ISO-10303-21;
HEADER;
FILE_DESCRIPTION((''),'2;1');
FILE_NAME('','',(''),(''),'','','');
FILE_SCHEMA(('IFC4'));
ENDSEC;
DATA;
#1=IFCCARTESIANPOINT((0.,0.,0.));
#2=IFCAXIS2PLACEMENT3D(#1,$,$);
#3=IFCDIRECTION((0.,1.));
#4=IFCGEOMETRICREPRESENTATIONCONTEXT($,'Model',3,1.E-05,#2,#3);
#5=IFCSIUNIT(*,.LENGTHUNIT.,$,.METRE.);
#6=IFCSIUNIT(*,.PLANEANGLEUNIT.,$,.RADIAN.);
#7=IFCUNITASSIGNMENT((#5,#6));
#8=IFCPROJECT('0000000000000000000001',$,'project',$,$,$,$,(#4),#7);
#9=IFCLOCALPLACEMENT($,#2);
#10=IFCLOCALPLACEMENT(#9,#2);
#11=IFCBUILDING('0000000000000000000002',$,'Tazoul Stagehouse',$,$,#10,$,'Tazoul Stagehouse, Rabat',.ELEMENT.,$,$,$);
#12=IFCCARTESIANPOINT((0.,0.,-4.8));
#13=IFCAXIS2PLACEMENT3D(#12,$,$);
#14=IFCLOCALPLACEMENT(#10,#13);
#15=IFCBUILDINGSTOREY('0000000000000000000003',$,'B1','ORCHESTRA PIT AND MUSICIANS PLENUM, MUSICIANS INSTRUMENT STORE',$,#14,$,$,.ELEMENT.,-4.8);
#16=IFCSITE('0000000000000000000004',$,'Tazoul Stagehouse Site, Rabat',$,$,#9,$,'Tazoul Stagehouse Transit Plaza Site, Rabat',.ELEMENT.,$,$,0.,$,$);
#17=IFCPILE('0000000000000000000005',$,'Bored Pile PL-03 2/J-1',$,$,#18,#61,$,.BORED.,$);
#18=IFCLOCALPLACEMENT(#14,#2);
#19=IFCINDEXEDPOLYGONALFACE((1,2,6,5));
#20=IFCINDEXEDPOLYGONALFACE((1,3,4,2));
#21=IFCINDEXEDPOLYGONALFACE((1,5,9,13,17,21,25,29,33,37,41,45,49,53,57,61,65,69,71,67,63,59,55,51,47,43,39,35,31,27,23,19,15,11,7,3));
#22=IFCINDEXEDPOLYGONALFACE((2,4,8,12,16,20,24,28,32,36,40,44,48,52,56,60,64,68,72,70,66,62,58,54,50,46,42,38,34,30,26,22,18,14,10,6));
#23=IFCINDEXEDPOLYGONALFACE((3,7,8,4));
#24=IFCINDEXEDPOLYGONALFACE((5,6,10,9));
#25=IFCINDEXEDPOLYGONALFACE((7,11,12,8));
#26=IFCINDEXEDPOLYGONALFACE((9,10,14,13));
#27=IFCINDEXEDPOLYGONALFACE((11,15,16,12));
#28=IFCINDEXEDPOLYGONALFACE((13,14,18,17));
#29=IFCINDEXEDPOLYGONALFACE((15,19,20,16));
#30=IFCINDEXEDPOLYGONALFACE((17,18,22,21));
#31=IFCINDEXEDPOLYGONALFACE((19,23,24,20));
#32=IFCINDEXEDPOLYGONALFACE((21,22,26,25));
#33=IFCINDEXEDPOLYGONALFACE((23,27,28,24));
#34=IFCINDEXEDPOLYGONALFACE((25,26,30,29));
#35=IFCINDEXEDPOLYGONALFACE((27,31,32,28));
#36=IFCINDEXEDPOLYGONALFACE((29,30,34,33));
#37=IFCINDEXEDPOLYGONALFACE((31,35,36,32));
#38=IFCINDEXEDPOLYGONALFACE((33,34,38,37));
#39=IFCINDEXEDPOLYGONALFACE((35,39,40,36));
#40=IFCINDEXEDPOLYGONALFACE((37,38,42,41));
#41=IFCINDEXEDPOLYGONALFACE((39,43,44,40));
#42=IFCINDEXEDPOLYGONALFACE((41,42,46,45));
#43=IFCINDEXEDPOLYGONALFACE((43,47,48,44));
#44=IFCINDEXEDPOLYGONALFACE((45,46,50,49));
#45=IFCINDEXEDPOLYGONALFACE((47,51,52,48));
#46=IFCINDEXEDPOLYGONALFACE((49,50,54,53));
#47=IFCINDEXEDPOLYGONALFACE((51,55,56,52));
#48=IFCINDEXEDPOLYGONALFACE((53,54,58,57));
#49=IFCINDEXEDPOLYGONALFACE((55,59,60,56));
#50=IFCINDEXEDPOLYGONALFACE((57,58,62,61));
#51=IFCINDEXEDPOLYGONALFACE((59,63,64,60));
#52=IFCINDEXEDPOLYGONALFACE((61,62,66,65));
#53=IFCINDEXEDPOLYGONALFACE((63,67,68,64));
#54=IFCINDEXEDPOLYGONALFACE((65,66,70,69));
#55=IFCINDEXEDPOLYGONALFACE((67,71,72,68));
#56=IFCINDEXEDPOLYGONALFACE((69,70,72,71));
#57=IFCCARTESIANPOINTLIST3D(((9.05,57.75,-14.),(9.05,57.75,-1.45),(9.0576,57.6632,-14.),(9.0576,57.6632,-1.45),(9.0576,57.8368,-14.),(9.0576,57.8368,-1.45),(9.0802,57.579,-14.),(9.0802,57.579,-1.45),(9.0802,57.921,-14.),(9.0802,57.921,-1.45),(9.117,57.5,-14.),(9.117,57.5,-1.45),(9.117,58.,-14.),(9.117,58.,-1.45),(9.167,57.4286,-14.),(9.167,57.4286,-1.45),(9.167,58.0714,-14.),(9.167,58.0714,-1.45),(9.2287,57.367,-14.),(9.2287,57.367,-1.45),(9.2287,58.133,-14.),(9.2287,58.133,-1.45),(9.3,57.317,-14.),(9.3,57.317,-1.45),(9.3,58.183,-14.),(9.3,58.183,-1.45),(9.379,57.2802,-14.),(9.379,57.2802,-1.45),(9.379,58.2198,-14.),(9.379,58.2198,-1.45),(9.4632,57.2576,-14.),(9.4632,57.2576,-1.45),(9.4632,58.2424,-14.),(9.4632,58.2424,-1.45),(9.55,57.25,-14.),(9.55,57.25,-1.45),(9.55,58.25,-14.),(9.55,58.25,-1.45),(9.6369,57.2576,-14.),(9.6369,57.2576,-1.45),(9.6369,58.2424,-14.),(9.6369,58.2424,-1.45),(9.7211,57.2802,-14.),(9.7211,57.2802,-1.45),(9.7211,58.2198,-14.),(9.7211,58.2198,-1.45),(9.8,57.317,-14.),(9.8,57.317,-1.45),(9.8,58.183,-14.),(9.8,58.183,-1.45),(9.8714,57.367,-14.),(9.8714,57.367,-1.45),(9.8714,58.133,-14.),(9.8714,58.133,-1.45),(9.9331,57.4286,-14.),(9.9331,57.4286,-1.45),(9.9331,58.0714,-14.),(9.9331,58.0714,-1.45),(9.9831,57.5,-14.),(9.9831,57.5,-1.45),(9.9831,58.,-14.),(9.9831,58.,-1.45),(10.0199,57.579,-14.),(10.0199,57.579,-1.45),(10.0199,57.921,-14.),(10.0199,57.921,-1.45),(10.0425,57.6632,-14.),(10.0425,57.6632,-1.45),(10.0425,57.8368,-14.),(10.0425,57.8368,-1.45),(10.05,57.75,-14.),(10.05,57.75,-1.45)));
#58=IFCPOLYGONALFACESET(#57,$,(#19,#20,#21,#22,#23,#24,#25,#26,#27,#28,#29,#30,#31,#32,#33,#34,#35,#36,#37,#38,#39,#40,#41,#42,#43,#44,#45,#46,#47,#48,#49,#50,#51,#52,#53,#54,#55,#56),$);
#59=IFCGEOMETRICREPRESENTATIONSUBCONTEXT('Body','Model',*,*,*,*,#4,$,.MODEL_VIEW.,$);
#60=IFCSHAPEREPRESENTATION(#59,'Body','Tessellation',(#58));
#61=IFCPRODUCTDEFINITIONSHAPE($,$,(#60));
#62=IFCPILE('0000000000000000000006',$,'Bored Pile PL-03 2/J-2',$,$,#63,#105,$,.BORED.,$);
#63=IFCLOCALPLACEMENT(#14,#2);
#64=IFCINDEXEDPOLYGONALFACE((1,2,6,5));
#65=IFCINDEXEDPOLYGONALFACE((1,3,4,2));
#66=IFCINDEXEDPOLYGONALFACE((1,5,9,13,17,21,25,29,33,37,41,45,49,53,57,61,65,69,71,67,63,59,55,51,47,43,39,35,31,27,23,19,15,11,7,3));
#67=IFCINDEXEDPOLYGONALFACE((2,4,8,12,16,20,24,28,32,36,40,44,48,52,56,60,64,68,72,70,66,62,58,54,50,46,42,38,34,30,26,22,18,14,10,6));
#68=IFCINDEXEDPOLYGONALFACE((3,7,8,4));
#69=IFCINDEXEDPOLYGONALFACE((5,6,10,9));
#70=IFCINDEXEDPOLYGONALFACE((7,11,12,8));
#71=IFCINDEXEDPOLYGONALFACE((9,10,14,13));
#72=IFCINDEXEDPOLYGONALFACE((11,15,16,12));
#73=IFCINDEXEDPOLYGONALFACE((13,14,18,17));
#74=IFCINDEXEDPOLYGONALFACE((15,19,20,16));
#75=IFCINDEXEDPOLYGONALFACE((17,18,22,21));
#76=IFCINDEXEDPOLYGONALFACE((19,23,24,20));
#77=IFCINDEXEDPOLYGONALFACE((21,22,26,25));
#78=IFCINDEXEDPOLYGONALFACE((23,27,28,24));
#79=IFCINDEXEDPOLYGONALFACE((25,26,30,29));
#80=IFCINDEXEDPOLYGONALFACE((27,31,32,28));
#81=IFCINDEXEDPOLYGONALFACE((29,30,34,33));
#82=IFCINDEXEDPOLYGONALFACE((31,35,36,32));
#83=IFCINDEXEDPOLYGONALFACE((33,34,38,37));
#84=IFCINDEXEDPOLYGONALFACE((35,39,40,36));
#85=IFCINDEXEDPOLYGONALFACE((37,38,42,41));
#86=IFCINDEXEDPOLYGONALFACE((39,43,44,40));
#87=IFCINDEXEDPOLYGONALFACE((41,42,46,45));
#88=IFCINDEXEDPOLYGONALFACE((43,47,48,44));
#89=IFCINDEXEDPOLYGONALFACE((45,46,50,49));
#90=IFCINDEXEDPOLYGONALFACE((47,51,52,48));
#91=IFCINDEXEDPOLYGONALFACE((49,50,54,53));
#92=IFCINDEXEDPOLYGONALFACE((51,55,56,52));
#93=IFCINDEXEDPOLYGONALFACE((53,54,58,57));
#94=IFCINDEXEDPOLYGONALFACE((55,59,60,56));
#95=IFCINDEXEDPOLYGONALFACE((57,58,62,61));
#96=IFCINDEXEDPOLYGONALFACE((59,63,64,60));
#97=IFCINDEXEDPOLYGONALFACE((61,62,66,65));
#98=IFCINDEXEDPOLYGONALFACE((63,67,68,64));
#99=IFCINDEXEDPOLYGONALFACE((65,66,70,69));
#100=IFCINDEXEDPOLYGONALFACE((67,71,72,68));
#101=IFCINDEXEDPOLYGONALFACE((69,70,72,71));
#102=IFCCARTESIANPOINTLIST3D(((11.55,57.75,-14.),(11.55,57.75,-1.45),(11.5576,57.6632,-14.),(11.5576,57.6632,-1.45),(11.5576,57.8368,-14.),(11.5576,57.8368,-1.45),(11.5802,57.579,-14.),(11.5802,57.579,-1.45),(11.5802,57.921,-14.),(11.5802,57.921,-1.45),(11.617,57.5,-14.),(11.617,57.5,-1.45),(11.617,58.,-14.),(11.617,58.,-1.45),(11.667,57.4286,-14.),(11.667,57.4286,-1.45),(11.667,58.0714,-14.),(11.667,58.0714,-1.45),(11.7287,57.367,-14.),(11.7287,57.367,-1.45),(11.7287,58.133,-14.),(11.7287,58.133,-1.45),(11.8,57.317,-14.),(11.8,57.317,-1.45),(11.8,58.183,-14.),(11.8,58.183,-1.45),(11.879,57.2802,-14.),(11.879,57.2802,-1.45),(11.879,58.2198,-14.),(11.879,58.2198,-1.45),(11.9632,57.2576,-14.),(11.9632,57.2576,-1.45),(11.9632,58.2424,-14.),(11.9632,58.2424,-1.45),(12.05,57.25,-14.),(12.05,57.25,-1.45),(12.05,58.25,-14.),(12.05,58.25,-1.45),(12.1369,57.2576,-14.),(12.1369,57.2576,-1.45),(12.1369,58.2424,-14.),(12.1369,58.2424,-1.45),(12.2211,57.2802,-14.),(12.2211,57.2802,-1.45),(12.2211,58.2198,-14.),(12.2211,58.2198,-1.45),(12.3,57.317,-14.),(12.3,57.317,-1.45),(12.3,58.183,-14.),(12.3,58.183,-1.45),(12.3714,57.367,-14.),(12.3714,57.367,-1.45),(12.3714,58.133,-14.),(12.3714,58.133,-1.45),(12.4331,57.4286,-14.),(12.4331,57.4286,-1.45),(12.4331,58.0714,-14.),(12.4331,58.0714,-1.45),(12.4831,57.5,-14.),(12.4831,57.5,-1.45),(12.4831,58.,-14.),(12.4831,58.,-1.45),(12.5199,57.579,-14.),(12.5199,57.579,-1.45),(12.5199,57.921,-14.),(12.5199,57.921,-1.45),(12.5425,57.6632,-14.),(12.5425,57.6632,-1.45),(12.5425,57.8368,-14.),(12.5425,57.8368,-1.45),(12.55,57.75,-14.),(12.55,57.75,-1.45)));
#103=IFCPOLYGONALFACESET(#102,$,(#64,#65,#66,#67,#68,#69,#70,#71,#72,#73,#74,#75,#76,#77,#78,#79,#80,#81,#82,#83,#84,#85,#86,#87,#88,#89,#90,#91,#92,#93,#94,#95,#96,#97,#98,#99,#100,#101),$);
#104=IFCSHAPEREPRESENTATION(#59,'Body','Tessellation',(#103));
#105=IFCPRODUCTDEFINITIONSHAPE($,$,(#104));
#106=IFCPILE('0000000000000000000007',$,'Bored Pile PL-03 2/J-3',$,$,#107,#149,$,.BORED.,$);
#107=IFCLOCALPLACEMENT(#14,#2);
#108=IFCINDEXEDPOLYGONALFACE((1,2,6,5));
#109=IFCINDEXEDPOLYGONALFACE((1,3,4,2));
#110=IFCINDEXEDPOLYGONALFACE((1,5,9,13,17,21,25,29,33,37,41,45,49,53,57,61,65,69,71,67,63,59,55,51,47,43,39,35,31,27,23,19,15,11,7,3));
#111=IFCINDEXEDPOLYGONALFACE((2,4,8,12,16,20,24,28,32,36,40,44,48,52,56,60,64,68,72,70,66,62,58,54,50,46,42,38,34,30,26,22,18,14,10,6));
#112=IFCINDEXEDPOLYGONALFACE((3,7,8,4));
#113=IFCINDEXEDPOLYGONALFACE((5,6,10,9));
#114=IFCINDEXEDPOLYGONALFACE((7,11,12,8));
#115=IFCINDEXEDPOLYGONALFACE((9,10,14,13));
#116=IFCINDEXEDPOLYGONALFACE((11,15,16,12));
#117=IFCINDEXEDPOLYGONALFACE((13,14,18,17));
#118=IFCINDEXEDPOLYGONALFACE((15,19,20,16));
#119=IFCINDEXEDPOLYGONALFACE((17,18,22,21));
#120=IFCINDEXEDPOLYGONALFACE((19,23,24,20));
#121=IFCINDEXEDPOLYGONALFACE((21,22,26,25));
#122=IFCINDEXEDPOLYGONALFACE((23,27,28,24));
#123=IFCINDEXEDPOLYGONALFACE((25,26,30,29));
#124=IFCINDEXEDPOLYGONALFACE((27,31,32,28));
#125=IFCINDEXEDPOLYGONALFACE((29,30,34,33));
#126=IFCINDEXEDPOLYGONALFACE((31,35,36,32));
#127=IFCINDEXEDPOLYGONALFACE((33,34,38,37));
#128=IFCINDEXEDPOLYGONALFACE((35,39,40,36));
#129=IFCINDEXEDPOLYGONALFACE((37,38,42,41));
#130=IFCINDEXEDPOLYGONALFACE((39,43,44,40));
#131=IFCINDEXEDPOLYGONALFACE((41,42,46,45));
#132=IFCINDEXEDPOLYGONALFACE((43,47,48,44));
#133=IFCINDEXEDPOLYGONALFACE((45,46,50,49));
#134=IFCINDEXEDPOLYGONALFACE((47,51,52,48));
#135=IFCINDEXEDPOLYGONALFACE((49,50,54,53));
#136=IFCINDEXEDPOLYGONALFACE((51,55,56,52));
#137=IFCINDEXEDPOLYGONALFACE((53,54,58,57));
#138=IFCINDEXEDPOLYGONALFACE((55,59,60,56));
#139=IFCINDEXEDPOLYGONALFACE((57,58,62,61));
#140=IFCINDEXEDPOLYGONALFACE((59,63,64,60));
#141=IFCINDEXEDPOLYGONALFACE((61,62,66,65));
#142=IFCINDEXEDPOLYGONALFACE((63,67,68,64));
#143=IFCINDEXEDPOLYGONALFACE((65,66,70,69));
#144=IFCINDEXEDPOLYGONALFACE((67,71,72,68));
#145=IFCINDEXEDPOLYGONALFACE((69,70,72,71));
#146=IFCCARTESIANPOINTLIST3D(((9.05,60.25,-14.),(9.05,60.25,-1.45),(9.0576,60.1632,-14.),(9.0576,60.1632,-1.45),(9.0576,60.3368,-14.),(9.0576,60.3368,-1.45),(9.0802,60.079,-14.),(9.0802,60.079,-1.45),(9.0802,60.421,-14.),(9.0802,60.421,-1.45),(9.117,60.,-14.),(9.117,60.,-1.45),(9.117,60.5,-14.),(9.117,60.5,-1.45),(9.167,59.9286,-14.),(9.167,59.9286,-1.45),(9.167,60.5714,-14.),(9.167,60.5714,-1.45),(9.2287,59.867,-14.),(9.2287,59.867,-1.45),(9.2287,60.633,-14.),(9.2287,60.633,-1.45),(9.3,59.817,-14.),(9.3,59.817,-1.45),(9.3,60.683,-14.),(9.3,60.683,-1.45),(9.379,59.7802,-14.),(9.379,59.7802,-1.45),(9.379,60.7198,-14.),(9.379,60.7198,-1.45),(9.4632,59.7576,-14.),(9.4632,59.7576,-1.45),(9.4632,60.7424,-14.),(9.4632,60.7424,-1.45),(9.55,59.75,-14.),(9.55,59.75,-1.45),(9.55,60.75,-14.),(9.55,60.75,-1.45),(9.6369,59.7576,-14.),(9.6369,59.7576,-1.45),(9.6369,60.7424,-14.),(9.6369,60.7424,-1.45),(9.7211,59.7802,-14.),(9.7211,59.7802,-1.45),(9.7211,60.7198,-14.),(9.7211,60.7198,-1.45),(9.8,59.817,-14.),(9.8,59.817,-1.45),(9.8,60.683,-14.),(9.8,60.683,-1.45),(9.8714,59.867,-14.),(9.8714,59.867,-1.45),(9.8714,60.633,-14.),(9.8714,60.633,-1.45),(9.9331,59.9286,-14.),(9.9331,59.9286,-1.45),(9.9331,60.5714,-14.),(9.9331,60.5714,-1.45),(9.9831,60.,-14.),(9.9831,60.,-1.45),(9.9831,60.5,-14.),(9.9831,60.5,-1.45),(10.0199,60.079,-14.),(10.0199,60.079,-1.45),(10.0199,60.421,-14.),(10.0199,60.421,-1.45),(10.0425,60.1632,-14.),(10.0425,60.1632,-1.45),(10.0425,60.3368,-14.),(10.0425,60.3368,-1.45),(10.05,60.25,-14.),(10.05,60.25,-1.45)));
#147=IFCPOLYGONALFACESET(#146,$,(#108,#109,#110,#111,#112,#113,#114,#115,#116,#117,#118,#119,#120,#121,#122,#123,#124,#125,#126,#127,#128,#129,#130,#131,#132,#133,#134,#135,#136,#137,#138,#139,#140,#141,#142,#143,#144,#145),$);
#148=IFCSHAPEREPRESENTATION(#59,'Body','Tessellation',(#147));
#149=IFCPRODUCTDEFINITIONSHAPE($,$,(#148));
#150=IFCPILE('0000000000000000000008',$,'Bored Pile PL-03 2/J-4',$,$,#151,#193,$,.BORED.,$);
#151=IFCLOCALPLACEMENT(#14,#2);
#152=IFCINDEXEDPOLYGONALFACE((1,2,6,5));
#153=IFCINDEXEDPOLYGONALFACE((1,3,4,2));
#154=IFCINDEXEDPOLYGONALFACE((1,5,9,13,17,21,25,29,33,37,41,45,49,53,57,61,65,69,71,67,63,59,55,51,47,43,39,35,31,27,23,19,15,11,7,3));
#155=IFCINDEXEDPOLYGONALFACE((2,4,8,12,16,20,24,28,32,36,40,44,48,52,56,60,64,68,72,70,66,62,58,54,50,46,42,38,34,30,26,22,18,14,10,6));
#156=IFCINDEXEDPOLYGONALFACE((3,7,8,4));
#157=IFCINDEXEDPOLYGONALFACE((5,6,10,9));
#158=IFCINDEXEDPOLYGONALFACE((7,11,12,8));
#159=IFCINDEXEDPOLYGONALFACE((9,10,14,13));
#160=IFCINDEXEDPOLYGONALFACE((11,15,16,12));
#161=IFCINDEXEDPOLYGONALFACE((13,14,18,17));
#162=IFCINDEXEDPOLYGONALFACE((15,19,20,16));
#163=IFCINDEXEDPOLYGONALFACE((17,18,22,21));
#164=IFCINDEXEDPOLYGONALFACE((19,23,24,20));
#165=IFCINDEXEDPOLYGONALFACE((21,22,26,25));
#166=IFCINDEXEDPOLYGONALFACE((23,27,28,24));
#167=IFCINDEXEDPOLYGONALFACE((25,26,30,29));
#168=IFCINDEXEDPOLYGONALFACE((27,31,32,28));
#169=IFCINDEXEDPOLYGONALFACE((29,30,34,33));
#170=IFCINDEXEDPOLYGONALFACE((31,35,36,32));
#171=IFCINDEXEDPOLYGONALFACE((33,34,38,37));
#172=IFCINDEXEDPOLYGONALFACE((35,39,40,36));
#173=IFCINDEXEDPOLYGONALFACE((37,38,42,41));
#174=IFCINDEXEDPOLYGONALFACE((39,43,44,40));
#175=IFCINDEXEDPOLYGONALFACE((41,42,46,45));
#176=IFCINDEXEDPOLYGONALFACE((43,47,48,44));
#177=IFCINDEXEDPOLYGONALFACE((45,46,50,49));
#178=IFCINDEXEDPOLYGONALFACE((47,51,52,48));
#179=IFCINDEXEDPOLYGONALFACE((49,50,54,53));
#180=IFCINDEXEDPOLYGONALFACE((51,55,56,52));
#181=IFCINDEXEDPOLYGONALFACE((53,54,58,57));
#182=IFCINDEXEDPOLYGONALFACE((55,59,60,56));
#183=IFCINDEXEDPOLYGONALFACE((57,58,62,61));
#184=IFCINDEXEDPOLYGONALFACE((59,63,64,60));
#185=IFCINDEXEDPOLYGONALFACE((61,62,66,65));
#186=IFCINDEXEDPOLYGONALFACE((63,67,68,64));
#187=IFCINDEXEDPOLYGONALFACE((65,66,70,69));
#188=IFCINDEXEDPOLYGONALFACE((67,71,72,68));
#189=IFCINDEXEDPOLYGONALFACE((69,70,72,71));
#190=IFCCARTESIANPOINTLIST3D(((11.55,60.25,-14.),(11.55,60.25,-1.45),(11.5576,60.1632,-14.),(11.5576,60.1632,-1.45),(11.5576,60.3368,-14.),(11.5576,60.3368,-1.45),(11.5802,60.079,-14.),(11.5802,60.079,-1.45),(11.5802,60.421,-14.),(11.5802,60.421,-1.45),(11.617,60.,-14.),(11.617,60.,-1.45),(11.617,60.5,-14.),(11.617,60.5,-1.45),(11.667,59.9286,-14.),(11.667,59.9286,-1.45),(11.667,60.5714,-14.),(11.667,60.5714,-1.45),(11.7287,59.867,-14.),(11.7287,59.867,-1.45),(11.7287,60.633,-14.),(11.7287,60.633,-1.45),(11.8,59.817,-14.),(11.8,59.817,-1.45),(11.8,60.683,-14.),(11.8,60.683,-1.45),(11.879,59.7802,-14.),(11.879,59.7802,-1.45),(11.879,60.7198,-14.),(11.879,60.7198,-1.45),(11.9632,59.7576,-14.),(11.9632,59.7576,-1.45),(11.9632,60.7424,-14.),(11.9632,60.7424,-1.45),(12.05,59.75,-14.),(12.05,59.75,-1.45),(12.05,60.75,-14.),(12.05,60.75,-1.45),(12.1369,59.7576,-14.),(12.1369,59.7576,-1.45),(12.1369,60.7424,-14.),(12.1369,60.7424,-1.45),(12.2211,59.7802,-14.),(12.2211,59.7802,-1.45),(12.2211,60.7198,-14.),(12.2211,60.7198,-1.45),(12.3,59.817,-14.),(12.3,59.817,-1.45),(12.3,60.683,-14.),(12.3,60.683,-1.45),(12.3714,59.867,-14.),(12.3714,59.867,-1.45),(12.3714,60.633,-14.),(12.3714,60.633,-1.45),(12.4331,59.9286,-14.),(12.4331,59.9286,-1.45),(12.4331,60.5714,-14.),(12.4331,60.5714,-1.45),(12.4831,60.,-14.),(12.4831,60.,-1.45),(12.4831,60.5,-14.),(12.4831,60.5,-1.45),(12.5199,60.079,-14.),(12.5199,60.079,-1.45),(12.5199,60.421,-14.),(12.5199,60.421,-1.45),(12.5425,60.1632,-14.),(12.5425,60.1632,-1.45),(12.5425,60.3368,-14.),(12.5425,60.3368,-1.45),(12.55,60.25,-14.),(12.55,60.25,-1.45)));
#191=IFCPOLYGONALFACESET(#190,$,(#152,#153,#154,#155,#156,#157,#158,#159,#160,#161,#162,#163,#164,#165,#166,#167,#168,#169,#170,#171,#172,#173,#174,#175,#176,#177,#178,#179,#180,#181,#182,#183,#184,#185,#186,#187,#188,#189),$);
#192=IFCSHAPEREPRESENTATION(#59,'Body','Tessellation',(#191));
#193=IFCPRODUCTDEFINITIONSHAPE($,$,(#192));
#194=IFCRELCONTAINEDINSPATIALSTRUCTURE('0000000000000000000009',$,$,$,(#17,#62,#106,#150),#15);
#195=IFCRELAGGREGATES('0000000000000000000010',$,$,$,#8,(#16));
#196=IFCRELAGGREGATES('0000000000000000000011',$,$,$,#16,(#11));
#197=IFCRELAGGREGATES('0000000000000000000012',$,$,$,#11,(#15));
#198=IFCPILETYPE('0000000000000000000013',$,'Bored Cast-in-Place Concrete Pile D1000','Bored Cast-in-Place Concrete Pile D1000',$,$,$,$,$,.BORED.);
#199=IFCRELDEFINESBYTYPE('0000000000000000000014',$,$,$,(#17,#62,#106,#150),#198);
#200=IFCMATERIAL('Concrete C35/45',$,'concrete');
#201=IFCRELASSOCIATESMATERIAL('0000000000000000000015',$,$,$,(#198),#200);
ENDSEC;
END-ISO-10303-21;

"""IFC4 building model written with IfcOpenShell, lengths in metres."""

from ifc_helpers import new_model, si_unit, direction, frame, origin, origin_2d, place, context, subcontext, project, spatial, circle, extrude, material, material_profile, profile_set, type_object, element, save


model = new_model("IFC4")

# Units and contexts
model_context = context("Model", 3, precision=1e-05, world=origin(), true_north=direction((0.0, 1.0)))
body_context = subcontext(model_context, "Body", "Model", "MODEL_VIEW")
ifc_project = project(units=[si_unit("LENGTHUNIT", "METRE"), si_unit("PLANEANGLEUNIT", "RADIAN")], contexts=[model_context])

# Site, building, storey
site_placement = place(None, origin())
site = spatial("IfcSite", under=ifc_project, at=site_placement, Name="Tazoul Stagehouse Site, Rabat", LongName="Tazoul Stagehouse Transit Plaza Site, Rabat", CompositionType="ELEMENT", RefElevation=0.0)
building_placement = place(site_placement, origin())
building = spatial("IfcBuilding", under=site, at=building_placement, Name="Tazoul Stagehouse", LongName="Tazoul Stagehouse, Rabat", CompositionType="ELEMENT")
storey_placement = place(building_placement, frame((0.0, 0.0, -4.8)))
storey = spatial("IfcBuildingStorey", under=building, at=storey_placement, Name="B1", Description="ORCHESTRA PIT AND MUSICIANS PLENUM, MUSICIANS INSTRUMENT STORE", CompositionType="ELEMENT", Elevation=-4.8)

# Piles
ifc_material_1 = material(Name="Concrete C35/45", Category="concrete")
ifc_material_profile_1 = material_profile(ifc_material_1, circle(Radius=0.5, at=origin_2d()), Name="BORED PILE 1000")
ifc_profile_set_1 = profile_set([ifc_material_profile_1], Name="Concrete C35/45")
pile_type_1 = type_object("IfcPileType", Name="Bored Cast-in-Place Concrete Pile D1000", Description="Bored Cast-in-Place Concrete Pile D1000", PredefinedType="BORED", material=ifc_profile_set_1)
for number, where, z_axis, x_axis, name in (
    (1, (9.55, 57.75, -1.45), (0.0, 0.0, -1.0), (1.0, 0.0, 0.0), "Bored Pile PL-03 2/J-1"),
    (2, (12.05, 57.75, -1.45), (0.0, 0.0, -1.0), (1.0, 0.0, 0.0), "Bored Pile PL-03 2/J-2"),
    (3, (9.55, 60.25, -1.45), (0.0, 0.0, -1.0), (1.0, 0.0, 0.0), "Bored Pile PL-03 2/J-3"),
    (4, (12.05, 60.25, -1.45), (0.0, 0.0, -1.0), (1.0, 0.0, 0.0), "Bored Pile PL-03 2/J-4"),
):
    element("IfcPile", number, at=place(storey_placement, frame(where, z_axis=z_axis, x_axis=x_axis)), inside=storey, type_object=pile_type_1, Name=name, PredefinedType="BORED", context=body_context, shape_type="SweptSolid", body=[
        extrude(circle(Radius=0.5, at=origin_2d()), origin(), (0.0, 0.0, 1.0), 12.55),
    ])

save(model, "model.ifc")
